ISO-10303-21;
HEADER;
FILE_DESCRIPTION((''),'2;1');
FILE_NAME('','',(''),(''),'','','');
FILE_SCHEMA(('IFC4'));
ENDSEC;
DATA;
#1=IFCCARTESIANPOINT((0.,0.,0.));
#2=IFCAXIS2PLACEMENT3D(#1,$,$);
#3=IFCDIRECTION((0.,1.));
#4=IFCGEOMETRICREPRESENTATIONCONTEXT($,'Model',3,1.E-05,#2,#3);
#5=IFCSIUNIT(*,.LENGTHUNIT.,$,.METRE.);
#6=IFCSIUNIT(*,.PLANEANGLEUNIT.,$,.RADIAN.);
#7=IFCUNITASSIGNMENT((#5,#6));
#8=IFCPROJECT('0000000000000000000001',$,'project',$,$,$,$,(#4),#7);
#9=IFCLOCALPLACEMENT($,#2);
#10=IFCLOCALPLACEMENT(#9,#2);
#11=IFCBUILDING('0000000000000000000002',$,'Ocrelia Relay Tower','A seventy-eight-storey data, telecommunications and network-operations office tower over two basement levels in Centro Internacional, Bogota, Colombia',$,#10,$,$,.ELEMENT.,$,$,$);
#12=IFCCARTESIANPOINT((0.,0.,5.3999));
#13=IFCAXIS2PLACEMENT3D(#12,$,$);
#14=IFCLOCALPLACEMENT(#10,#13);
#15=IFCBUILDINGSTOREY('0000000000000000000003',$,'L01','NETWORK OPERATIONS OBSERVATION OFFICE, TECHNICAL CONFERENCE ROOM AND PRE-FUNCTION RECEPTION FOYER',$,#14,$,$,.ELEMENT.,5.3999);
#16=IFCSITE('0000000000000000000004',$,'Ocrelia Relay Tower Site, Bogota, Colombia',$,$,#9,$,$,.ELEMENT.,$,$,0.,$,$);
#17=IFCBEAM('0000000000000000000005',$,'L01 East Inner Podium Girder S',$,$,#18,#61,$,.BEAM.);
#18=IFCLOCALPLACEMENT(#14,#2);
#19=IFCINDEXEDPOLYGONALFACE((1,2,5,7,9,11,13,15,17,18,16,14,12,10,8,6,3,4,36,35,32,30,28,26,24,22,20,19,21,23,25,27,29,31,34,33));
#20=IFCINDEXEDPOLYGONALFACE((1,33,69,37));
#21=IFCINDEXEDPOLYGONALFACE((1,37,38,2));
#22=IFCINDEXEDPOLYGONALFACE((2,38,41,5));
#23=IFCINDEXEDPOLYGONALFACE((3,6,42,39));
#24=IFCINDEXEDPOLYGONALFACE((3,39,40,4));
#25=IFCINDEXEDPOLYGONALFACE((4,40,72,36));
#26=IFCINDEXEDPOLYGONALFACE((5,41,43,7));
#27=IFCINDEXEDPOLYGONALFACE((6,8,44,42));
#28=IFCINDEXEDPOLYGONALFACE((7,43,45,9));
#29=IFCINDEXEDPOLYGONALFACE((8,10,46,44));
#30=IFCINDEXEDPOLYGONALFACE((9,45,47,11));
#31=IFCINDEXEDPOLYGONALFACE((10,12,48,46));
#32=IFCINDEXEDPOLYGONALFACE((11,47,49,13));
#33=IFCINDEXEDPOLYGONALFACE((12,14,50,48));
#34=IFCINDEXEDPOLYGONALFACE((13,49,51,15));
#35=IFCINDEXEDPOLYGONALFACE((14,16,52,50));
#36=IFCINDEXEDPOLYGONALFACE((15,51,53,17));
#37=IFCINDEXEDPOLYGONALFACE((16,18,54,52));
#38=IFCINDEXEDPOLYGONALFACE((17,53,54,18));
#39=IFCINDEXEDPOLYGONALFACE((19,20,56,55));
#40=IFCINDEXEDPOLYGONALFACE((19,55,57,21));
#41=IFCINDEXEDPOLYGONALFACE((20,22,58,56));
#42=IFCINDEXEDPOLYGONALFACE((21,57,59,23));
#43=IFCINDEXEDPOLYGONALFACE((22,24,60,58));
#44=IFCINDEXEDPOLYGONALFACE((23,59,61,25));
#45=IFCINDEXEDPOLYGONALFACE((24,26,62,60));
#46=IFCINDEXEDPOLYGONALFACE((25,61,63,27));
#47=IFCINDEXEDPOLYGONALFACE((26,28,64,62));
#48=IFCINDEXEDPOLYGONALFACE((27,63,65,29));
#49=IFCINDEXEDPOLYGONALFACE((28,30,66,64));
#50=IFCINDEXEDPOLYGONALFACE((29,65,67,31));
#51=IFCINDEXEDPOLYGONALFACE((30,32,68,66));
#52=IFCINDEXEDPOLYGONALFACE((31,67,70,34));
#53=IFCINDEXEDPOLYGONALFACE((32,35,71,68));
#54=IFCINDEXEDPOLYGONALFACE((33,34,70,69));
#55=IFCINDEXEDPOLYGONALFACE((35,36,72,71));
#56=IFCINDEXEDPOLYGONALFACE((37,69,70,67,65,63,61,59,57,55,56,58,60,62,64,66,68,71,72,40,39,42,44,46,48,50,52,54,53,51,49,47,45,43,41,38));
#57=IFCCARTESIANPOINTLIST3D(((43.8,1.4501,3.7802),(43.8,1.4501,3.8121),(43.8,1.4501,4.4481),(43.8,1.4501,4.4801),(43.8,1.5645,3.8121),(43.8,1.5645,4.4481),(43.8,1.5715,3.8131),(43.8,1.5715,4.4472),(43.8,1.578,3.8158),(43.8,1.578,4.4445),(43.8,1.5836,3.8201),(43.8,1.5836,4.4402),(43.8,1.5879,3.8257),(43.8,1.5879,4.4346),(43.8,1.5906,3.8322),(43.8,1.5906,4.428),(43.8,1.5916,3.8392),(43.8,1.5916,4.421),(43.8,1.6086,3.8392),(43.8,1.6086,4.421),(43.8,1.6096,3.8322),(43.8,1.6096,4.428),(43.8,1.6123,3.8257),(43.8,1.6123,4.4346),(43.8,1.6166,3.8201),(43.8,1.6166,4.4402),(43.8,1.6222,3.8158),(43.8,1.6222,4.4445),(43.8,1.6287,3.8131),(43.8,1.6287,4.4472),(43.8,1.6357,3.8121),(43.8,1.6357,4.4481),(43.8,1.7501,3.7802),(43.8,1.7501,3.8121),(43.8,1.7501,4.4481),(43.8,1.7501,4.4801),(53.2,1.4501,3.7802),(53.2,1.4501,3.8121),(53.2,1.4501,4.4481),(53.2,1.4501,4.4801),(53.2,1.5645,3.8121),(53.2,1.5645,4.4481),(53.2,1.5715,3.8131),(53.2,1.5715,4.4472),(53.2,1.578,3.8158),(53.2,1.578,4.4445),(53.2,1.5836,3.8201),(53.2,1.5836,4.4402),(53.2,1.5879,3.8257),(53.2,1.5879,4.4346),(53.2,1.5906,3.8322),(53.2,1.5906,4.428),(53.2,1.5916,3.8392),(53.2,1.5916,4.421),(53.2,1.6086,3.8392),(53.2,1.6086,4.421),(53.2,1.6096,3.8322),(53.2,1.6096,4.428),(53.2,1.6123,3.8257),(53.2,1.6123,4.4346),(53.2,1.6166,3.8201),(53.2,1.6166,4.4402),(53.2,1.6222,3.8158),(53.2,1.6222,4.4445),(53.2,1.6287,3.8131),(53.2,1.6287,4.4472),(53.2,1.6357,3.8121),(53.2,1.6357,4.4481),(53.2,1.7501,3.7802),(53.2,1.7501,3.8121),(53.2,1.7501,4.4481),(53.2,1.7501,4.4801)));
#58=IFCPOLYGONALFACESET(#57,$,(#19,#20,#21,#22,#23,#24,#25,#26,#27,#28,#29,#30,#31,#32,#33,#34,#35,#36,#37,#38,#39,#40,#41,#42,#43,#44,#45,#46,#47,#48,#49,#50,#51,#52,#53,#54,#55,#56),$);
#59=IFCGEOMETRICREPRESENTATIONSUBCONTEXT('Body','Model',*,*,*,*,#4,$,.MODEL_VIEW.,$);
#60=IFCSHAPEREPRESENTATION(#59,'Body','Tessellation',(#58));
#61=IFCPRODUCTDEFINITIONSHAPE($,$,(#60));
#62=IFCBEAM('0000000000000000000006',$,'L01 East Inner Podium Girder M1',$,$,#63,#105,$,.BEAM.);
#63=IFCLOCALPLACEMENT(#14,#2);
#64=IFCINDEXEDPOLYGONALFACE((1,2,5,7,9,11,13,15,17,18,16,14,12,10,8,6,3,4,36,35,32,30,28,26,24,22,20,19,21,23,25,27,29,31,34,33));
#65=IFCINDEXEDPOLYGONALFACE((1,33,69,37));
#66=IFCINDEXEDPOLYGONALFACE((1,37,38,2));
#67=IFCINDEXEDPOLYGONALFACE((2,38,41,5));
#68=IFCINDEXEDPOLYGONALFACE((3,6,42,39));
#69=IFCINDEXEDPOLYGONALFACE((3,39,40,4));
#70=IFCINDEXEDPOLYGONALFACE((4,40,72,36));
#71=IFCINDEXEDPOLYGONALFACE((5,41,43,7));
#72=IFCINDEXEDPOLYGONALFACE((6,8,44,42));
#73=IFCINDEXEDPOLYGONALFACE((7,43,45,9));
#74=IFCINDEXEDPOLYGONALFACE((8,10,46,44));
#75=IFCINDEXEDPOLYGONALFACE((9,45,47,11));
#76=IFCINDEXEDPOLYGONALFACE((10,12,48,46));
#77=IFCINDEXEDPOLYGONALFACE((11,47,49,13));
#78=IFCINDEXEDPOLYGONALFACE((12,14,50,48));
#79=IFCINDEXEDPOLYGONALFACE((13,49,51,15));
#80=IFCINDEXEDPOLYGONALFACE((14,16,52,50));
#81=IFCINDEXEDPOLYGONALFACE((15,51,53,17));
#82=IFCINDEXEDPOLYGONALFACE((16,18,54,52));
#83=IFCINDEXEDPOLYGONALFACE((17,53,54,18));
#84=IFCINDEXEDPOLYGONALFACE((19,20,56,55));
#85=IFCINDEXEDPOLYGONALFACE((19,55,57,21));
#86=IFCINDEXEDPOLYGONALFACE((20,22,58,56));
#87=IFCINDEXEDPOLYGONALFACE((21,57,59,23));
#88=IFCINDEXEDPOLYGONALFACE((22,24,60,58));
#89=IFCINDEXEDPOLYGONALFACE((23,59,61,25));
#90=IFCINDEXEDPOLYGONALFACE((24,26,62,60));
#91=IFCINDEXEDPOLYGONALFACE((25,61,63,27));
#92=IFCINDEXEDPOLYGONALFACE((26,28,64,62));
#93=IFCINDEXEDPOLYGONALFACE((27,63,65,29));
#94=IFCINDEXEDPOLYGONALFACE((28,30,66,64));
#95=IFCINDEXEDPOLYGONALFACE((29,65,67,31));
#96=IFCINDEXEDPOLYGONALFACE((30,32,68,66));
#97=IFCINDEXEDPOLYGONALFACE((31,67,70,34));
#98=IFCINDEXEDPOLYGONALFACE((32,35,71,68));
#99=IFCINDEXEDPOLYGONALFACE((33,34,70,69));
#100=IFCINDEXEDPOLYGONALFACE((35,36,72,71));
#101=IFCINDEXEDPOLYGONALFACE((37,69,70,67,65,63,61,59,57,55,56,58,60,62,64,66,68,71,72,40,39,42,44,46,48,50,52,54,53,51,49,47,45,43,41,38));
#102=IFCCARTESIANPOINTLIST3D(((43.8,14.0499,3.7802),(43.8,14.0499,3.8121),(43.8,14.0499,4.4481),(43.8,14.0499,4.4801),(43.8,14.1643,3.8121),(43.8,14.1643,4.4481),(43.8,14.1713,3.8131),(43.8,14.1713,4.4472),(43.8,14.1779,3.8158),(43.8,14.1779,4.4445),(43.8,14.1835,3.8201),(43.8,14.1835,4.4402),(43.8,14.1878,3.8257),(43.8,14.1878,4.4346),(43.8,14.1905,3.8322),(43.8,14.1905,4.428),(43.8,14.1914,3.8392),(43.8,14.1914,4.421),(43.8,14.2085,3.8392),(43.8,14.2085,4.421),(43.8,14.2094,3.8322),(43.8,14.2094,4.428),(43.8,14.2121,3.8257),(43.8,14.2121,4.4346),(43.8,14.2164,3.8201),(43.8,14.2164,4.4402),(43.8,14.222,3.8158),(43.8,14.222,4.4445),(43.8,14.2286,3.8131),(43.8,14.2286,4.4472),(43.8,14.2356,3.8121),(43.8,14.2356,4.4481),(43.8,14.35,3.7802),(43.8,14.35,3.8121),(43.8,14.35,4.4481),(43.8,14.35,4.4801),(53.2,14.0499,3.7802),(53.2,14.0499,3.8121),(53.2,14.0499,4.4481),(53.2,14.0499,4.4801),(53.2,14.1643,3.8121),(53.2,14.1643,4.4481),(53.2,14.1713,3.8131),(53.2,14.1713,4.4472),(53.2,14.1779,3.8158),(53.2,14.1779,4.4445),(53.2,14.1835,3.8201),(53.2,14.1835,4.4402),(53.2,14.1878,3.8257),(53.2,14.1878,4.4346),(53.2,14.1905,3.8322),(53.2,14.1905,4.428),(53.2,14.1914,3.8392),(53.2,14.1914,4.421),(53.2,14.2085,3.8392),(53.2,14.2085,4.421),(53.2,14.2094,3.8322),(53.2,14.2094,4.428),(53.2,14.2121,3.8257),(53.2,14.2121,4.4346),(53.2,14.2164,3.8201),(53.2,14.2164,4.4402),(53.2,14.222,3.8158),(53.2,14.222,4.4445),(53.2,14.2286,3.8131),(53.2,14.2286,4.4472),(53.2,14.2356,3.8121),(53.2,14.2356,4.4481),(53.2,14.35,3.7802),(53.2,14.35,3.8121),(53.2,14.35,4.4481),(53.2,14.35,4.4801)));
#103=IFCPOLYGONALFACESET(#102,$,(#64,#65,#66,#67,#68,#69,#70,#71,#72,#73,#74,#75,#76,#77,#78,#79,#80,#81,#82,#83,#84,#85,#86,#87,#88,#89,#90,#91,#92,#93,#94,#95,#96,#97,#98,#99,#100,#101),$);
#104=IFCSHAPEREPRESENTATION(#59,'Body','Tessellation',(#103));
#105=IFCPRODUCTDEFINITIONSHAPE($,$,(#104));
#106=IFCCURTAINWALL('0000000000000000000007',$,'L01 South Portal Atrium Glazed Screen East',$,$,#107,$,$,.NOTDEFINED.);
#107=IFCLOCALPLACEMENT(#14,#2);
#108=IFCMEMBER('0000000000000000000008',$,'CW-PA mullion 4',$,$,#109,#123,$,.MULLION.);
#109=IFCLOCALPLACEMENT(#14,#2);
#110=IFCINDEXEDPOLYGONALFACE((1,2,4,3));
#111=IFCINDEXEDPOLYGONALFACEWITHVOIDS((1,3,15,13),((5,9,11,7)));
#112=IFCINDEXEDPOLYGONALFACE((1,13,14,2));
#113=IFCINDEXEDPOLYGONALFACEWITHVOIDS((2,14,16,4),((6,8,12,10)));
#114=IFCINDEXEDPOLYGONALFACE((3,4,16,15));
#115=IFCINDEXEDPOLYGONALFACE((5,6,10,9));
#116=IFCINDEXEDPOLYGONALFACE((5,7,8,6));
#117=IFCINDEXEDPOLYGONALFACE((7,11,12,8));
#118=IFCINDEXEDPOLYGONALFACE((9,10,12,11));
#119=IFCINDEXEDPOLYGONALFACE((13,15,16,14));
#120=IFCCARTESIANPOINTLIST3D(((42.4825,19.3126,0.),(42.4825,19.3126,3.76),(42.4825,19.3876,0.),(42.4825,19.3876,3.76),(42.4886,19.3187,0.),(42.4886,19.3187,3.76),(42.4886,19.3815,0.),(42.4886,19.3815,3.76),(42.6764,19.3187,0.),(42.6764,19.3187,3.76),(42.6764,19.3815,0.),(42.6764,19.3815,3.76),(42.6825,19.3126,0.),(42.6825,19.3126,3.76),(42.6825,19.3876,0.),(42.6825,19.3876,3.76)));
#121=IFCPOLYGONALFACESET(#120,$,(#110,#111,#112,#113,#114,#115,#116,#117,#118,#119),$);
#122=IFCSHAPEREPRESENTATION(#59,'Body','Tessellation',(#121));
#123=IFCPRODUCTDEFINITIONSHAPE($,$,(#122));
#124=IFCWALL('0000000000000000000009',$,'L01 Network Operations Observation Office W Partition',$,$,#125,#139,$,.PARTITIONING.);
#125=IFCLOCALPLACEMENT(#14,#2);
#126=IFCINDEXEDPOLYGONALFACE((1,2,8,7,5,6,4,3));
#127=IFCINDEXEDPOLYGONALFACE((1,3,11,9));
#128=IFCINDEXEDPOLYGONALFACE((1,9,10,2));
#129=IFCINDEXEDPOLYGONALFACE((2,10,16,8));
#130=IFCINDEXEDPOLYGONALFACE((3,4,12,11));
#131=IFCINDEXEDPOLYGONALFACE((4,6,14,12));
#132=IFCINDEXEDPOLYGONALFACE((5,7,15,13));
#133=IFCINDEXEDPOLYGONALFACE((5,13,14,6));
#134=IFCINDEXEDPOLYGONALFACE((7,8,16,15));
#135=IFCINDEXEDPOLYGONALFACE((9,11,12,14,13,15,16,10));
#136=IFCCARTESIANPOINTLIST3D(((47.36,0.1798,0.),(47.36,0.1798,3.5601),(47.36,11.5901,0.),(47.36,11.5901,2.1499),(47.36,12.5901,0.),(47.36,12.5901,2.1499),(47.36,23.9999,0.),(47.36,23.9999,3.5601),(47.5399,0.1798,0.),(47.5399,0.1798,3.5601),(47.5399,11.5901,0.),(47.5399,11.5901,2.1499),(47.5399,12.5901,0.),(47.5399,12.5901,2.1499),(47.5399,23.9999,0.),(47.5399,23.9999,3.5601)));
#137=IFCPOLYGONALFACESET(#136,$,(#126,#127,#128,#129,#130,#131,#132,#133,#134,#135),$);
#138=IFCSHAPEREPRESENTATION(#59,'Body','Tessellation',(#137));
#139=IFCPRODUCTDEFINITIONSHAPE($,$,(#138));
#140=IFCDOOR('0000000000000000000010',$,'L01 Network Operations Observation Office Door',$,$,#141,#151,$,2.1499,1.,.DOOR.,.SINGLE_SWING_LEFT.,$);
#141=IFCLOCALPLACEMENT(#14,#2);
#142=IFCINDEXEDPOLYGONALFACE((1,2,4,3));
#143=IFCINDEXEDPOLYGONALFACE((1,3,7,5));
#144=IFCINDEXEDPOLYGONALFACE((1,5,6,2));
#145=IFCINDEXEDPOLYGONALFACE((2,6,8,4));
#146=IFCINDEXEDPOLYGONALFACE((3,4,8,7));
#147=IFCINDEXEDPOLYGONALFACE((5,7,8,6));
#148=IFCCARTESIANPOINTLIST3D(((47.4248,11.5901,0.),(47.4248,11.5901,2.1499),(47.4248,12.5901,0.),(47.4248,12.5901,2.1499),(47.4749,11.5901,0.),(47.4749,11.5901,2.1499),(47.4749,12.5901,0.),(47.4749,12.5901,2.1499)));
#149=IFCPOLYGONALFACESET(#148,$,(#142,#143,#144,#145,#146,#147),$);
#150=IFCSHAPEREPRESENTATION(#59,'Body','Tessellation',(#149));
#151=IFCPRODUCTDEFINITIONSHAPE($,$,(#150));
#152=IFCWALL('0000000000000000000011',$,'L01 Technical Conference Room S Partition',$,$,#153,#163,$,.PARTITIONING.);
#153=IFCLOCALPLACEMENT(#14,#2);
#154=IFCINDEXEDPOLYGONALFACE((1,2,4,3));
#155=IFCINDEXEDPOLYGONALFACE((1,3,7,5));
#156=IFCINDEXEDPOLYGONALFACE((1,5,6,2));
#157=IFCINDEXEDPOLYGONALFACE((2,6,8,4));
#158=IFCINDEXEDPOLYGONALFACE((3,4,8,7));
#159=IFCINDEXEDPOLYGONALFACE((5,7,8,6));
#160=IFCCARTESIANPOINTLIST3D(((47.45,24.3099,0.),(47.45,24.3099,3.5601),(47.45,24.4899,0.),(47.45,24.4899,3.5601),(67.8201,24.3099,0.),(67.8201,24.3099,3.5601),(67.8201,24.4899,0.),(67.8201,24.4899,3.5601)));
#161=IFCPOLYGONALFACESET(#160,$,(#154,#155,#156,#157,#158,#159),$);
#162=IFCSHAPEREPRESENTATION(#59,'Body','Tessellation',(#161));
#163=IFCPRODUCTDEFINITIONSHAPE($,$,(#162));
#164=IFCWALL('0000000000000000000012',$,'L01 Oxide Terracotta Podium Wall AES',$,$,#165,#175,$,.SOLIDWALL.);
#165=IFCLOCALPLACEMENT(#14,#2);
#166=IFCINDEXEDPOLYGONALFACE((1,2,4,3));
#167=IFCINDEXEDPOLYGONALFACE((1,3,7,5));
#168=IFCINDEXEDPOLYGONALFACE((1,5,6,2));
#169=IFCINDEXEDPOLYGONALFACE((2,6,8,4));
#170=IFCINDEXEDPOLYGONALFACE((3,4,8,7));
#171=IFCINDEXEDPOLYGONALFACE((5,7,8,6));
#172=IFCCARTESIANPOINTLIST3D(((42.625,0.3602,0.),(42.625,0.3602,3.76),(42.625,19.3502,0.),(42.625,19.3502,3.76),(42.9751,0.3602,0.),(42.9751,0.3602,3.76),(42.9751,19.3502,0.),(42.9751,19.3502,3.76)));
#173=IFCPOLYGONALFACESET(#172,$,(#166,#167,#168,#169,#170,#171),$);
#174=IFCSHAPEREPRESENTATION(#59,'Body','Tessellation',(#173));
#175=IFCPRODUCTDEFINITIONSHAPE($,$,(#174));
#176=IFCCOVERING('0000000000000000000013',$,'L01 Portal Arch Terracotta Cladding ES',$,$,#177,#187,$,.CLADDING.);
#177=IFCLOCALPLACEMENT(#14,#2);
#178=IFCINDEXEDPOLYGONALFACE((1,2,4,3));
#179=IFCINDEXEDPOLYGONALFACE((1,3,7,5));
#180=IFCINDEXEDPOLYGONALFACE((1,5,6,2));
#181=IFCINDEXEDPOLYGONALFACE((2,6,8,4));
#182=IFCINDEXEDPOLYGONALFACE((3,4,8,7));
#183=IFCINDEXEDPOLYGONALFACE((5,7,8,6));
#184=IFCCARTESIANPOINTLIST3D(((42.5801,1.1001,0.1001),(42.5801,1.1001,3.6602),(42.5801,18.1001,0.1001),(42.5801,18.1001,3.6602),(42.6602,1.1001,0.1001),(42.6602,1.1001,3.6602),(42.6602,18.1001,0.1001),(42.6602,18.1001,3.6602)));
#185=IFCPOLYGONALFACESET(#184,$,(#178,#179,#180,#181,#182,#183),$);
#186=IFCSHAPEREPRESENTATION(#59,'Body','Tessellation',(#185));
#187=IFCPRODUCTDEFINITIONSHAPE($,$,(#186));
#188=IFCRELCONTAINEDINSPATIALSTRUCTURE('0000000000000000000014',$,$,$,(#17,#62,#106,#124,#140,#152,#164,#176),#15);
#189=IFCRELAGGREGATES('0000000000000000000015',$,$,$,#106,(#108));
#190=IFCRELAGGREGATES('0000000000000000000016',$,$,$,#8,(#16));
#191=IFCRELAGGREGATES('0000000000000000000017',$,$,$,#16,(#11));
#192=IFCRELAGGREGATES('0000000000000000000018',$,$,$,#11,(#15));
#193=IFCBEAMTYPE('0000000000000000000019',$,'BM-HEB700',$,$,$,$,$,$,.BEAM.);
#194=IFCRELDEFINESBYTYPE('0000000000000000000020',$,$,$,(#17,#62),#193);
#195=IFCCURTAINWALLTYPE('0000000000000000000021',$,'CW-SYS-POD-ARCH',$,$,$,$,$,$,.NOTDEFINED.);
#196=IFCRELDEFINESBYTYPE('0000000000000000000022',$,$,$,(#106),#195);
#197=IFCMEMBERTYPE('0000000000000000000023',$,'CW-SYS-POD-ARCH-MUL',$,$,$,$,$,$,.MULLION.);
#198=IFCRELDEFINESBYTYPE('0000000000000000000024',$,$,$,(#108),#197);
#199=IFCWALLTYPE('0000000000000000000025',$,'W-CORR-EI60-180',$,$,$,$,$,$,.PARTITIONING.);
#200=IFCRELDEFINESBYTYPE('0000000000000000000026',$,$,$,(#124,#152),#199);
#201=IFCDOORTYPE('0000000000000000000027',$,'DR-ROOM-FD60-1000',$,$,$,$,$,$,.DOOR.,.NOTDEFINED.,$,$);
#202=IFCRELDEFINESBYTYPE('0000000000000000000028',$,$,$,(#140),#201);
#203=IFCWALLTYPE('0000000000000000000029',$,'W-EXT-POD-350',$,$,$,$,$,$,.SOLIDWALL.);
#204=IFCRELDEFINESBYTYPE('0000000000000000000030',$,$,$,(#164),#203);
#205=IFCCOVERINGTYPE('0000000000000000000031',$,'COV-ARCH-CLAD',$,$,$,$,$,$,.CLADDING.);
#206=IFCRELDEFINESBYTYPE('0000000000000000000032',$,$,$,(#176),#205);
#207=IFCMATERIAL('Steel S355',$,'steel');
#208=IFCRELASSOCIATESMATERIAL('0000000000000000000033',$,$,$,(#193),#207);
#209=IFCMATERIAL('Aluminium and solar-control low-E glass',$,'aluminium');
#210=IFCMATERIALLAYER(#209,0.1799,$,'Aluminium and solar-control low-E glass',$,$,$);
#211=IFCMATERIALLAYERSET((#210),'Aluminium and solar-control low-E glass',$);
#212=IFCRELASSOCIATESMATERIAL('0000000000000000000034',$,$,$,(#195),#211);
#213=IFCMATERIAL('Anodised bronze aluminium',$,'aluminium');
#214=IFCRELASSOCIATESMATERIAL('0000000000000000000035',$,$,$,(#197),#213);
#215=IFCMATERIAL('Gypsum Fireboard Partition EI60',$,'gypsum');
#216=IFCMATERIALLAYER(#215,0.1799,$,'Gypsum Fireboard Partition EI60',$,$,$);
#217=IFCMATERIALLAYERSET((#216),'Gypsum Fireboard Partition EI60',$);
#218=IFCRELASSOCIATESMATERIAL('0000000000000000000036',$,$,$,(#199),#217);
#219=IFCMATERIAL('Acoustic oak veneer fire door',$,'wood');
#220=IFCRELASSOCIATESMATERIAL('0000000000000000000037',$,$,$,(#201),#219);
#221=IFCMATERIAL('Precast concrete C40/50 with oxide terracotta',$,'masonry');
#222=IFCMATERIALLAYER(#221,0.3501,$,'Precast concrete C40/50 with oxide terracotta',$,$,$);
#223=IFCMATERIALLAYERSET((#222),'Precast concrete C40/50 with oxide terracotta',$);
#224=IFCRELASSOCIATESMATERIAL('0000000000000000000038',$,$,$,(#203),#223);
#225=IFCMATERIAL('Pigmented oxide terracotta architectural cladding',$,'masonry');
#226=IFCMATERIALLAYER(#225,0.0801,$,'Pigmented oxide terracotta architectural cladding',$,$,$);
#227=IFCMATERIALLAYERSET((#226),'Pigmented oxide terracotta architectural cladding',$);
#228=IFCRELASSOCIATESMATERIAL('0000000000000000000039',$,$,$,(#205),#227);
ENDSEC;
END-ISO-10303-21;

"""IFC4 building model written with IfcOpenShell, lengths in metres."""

from ifc_helpers import new_model, si_unit, direction, frame, frame_2d, origin, origin_2d, place, context, subcontext, project, spatial, rectangle, hollow_rectangle, i_section, extrude, material, layer, layer_set, material_profile, profile_set, type_object, element, fill, aggregate, save


model = new_model("IFC4")

# Units and contexts
model_context = context("Model", 3, precision=1e-05, world=origin(), true_north=direction((0.0, 1.0)))
body_context = subcontext(model_context, "Body", "Model", "MODEL_VIEW")
ifc_project = project(units=[si_unit("LENGTHUNIT", "METRE"), si_unit("PLANEANGLEUNIT", "RADIAN")], contexts=[model_context])

# Site, building, storey
site_placement = place(None, origin())
site = spatial("IfcSite", under=ifc_project, at=site_placement, Name="Ocrelia Relay Tower Site, Bogota, Colombia", CompositionType="ELEMENT", RefElevation=0.0)
building_placement = place(site_placement, origin())
building = spatial("IfcBuilding", under=site, at=building_placement, Name="Ocrelia Relay Tower", Description="A seventy-eight-storey data, telecommunications and network-operations office tower over two basement levels in Centro Internacional, Bogota, Colombia", CompositionType="ELEMENT")
storey_placement = place(building_placement, frame((0.0, 0.0, 5.3999)))
storey = spatial("IfcBuildingStorey", under=building, at=storey_placement, Name="L01", Description="NETWORK OPERATIONS OBSERVATION OFFICE, TECHNICAL CONFERENCE ROOM AND PRE-FUNCTION RECEPTION FOYER", CompositionType="ELEMENT", Elevation=5.3999)

# Beams
ifc_material_1 = material(Name="Steel S355", Category="steel")
ifc_material_profile_1 = material_profile(ifc_material_1, i_section(OverallWidth=0.3, OverallDepth=0.7, WebThickness=0.0171, FlangeThickness=0.032, FilletRadius=0.0271, at=origin_2d()), Name="HEB 700")
ifc_profile_set_1 = profile_set([ifc_material_profile_1], Name="Steel S355")
beam_type_1 = type_object("IfcBeamType", Name="BM-HEB700", PredefinedType="BEAM", material=ifc_profile_set_1)
for number, where, z_axis, x_axis, name in (
    (1, (43.8, 1.6001, 4.1301), (1.0, 0.0, 0.0), (0.0, 1.0, 0.0), "L01 East Inner Podium Girder S"),
    (2, (43.8, 14.2, 4.1301), (1.0, 0.0, 0.0), (0.0, 1.0, 0.0), "L01 East Inner Podium Girder M1"),
):
    element("IfcBeam", number, at=place(storey_placement, frame(where, z_axis=z_axis, x_axis=x_axis)), inside=storey, type_object=beam_type_1, Name=name, PredefinedType="BEAM", context=body_context, shape_type="SweptSolid", body=[
        extrude(i_section(OverallWidth=0.3, OverallDepth=0.7, WebThickness=0.0171, FlangeThickness=0.032, FilletRadius=0.0271, at=origin_2d()), origin(), (0.0, 0.0, 1.0), 9.3999),
    ])

# Curtain wall, member
ifc_material_2 = material(Name="Aluminium and solar-control low-E glass", Category="aluminium")
ifc_layer_1 = layer(ifc_material_2, 0.1799, Name="Aluminium and solar-control low-E glass")
ifc_layer_set_1 = layer_set([ifc_layer_1], Name="Aluminium and solar-control low-E glass")
curtain_wall_type = type_object("IfcCurtainWallType", Name="CW-SYS-POD-ARCH", PredefinedType="NOTDEFINED", material=ifc_layer_set_1)
curtain_wall_placement = place(storey_placement, origin())
curtain_wall = element("IfcCurtainWall", 3, at=curtain_wall_placement, inside=storey, type_object=curtain_wall_type, Name="L01 South Portal Atrium Glazed Screen East", PredefinedType="NOTDEFINED")
ifc_material_3 = material(Name="Anodised bronze aluminium", Category="aluminium")
ifc_material_profile_2 = material_profile(ifc_material_3, hollow_rectangle(XDim=0.075, YDim=0.2, WallThickness=0.0061, at=origin_2d()), Name="CW-MUL-200x75")
ifc_profile_set_2 = profile_set([ifc_material_profile_2], Name="Anodised bronze aluminium")
member_type = type_object("IfcMemberType", Name="CW-SYS-POD-ARCH-MUL", PredefinedType="MULLION", material=ifc_profile_set_2)
member_placement = place(storey_placement, frame((42.5825, 19.3501, 0.0), z_axis=(0.0, 0.0, 1.0), x_axis=(0.0, 1.0, 0.0)))
member = element("IfcMember", 4, at=member_placement, type_object=member_type, Name="CW-PA mullion 4", PredefinedType="MULLION", context=body_context, shape_type="SweptSolid", body=[
    extrude(hollow_rectangle(XDim=0.075, YDim=0.2, WallThickness=0.0061, at=origin_2d()), origin(), (0.0, 0.0, 1.0), 3.76),
])
aggregate(curtain_wall, [member])

# Wall, opening, door
ifc_material_4 = material(Name="Gypsum Fireboard Partition EI60", Category="gypsum")
ifc_layer_2 = layer(ifc_material_4, 0.1799, Name="Gypsum Fireboard Partition EI60")
ifc_layer_set_2 = layer_set([ifc_layer_2], Name="Gypsum Fireboard Partition EI60")
wall_type_1 = type_object("IfcWallType", Name="W-CORR-EI60-180", PredefinedType="PARTITIONING", material=ifc_layer_set_2)
wall_1_placement = place(storey_placement, frame((47.45, 24.0, 0.0), z_axis=(0.0, 0.0, 1.0), x_axis=(0.0, -1.0, 0.0)))
wall_1 = element("IfcWall", 5, at=wall_1_placement, inside=storey, type_object=wall_type_1, Name="L01 Network Operations Observation Office W Partition", PredefinedType="PARTITIONING", context=body_context, shape_type="SweptSolid", body=[
    extrude(rectangle(XDim=23.8201, YDim=0.1799, at=frame_2d((11.9102, 0.0))), origin(), (0.0, 0.0, 1.0), 3.5601),
])
opening_placement = place(wall_1_placement, frame((11.4099, 0.0, 0.0)))
opening = element("IfcOpeningElement", 6, at=opening_placement, cuts=wall_1, PredefinedType="OPENING", context=body_context, shape_type="SweptSolid", body=[
    extrude(rectangle(XDim=1.0, YDim=2.1499, at=frame_2d((0.5, 1.075))), frame((0.0, 0.1001, 0.0), z_axis=(0.0, -1.0, 0.0), x_axis=(1.0, 0.0, 0.0)), (0.0, 0.0, 1.0), 0.2),
])
ifc_material_5 = material(Name="Acoustic oak veneer fire door", Category="wood")
door_type = type_object("IfcDoorType", Name="DR-ROOM-FD60-1000", OperationType="NOTDEFINED", PredefinedType="DOOR", material=ifc_material_5)
door_placement = place(opening_placement, origin())
door = element("IfcDoor", 7, at=door_placement, inside=storey, type_object=door_type, Name="L01 Network Operations Observation Office Door", OperationType="SINGLE_SWING_LEFT", OverallHeight=2.1499, OverallWidth=1.0, PredefinedType="DOOR", context=body_context, shape_type="SweptSolid", body=[
    extrude(rectangle(XDim=1.0, YDim=2.1499, at=frame_2d((0.5, 1.075))), frame((0.0, 0.0249, 0.0), z_axis=(0.0, -1.0, 0.0), x_axis=(1.0, 0.0, 0.0)), (0.0, 0.0, 1.0), 0.05),
])
fill(opening, door)

# Walls
wall_2_placement = place(storey_placement, frame((47.45, 24.3999, 0.0), z_axis=(0.0, 0.0, 1.0), x_axis=(1.0, 0.0, 0.0)))
element("IfcWall", 8, at=wall_2_placement, inside=storey, type_object=wall_type_1, Name="L01 Technical Conference Room S Partition", PredefinedType="PARTITIONING", context=body_context, shape_type="SweptSolid", body=[
    extrude(rectangle(XDim=20.3701, YDim=0.1799, at=frame_2d((10.1851, 0.0))), origin(), (0.0, 0.0, 1.0), 3.5601),
])
ifc_material_6 = material(Name="Precast concrete C40/50 with oxide terracotta", Category="masonry")
ifc_layer_3 = layer(ifc_material_6, 0.3501, Name="Precast concrete C40/50 with oxide terracotta")
ifc_layer_set_3 = layer_set([ifc_layer_3], Name="Precast concrete C40/50 with oxide terracotta")
wall_type_2 = type_object("IfcWallType", Name="W-EXT-POD-350", PredefinedType="SOLIDWALL", material=ifc_layer_set_3)
wall_3_placement = place(storey_placement, frame((42.8, 0.3601, 0.0), z_axis=(0.0, 0.0, 1.0), x_axis=(0.0, 1.0, 0.0)))
element("IfcWall", 9, at=wall_3_placement, inside=storey, type_object=wall_type_2, Name="L01 Oxide Terracotta Podium Wall AES", PredefinedType="SOLIDWALL", context=body_context, shape_type="SweptSolid", body=[
    extrude(rectangle(XDim=18.99, YDim=0.3501, at=frame_2d((9.4951, 0.0))), origin(), (0.0, 0.0, 1.0), 3.76),
])

# Covering
ifc_material_7 = material(Name="Pigmented oxide terracotta architectural cladding", Category="masonry")
ifc_layer_4 = layer(ifc_material_7, 0.0801, Name="Pigmented oxide terracotta architectural cladding")
ifc_layer_set_4 = layer_set([ifc_layer_4], Name="Pigmented oxide terracotta architectural cladding")
covering_type = type_object("IfcCoveringType", Name="COV-ARCH-CLAD", PredefinedType="CLADDING", material=ifc_layer_set_4)
covering_placement = place(storey_placement, frame((42.6201, 9.6001, 0.1001), z_axis=(0.0, 0.0, 1.0), x_axis=(1.0, 0.0, 0.0)))
element("IfcCovering", 10, at=covering_placement, inside=storey, type_object=covering_type, Name="L01 Portal Arch Terracotta Cladding ES", PredefinedType="CLADDING", context=body_context, shape_type="SweptSolid", body=[
    extrude(rectangle(XDim=0.0801, YDim=17.0, at=origin_2d()), origin(), (0.0, 0.0, 1.0), 3.5601),
])

save(model, "model.ifc")
